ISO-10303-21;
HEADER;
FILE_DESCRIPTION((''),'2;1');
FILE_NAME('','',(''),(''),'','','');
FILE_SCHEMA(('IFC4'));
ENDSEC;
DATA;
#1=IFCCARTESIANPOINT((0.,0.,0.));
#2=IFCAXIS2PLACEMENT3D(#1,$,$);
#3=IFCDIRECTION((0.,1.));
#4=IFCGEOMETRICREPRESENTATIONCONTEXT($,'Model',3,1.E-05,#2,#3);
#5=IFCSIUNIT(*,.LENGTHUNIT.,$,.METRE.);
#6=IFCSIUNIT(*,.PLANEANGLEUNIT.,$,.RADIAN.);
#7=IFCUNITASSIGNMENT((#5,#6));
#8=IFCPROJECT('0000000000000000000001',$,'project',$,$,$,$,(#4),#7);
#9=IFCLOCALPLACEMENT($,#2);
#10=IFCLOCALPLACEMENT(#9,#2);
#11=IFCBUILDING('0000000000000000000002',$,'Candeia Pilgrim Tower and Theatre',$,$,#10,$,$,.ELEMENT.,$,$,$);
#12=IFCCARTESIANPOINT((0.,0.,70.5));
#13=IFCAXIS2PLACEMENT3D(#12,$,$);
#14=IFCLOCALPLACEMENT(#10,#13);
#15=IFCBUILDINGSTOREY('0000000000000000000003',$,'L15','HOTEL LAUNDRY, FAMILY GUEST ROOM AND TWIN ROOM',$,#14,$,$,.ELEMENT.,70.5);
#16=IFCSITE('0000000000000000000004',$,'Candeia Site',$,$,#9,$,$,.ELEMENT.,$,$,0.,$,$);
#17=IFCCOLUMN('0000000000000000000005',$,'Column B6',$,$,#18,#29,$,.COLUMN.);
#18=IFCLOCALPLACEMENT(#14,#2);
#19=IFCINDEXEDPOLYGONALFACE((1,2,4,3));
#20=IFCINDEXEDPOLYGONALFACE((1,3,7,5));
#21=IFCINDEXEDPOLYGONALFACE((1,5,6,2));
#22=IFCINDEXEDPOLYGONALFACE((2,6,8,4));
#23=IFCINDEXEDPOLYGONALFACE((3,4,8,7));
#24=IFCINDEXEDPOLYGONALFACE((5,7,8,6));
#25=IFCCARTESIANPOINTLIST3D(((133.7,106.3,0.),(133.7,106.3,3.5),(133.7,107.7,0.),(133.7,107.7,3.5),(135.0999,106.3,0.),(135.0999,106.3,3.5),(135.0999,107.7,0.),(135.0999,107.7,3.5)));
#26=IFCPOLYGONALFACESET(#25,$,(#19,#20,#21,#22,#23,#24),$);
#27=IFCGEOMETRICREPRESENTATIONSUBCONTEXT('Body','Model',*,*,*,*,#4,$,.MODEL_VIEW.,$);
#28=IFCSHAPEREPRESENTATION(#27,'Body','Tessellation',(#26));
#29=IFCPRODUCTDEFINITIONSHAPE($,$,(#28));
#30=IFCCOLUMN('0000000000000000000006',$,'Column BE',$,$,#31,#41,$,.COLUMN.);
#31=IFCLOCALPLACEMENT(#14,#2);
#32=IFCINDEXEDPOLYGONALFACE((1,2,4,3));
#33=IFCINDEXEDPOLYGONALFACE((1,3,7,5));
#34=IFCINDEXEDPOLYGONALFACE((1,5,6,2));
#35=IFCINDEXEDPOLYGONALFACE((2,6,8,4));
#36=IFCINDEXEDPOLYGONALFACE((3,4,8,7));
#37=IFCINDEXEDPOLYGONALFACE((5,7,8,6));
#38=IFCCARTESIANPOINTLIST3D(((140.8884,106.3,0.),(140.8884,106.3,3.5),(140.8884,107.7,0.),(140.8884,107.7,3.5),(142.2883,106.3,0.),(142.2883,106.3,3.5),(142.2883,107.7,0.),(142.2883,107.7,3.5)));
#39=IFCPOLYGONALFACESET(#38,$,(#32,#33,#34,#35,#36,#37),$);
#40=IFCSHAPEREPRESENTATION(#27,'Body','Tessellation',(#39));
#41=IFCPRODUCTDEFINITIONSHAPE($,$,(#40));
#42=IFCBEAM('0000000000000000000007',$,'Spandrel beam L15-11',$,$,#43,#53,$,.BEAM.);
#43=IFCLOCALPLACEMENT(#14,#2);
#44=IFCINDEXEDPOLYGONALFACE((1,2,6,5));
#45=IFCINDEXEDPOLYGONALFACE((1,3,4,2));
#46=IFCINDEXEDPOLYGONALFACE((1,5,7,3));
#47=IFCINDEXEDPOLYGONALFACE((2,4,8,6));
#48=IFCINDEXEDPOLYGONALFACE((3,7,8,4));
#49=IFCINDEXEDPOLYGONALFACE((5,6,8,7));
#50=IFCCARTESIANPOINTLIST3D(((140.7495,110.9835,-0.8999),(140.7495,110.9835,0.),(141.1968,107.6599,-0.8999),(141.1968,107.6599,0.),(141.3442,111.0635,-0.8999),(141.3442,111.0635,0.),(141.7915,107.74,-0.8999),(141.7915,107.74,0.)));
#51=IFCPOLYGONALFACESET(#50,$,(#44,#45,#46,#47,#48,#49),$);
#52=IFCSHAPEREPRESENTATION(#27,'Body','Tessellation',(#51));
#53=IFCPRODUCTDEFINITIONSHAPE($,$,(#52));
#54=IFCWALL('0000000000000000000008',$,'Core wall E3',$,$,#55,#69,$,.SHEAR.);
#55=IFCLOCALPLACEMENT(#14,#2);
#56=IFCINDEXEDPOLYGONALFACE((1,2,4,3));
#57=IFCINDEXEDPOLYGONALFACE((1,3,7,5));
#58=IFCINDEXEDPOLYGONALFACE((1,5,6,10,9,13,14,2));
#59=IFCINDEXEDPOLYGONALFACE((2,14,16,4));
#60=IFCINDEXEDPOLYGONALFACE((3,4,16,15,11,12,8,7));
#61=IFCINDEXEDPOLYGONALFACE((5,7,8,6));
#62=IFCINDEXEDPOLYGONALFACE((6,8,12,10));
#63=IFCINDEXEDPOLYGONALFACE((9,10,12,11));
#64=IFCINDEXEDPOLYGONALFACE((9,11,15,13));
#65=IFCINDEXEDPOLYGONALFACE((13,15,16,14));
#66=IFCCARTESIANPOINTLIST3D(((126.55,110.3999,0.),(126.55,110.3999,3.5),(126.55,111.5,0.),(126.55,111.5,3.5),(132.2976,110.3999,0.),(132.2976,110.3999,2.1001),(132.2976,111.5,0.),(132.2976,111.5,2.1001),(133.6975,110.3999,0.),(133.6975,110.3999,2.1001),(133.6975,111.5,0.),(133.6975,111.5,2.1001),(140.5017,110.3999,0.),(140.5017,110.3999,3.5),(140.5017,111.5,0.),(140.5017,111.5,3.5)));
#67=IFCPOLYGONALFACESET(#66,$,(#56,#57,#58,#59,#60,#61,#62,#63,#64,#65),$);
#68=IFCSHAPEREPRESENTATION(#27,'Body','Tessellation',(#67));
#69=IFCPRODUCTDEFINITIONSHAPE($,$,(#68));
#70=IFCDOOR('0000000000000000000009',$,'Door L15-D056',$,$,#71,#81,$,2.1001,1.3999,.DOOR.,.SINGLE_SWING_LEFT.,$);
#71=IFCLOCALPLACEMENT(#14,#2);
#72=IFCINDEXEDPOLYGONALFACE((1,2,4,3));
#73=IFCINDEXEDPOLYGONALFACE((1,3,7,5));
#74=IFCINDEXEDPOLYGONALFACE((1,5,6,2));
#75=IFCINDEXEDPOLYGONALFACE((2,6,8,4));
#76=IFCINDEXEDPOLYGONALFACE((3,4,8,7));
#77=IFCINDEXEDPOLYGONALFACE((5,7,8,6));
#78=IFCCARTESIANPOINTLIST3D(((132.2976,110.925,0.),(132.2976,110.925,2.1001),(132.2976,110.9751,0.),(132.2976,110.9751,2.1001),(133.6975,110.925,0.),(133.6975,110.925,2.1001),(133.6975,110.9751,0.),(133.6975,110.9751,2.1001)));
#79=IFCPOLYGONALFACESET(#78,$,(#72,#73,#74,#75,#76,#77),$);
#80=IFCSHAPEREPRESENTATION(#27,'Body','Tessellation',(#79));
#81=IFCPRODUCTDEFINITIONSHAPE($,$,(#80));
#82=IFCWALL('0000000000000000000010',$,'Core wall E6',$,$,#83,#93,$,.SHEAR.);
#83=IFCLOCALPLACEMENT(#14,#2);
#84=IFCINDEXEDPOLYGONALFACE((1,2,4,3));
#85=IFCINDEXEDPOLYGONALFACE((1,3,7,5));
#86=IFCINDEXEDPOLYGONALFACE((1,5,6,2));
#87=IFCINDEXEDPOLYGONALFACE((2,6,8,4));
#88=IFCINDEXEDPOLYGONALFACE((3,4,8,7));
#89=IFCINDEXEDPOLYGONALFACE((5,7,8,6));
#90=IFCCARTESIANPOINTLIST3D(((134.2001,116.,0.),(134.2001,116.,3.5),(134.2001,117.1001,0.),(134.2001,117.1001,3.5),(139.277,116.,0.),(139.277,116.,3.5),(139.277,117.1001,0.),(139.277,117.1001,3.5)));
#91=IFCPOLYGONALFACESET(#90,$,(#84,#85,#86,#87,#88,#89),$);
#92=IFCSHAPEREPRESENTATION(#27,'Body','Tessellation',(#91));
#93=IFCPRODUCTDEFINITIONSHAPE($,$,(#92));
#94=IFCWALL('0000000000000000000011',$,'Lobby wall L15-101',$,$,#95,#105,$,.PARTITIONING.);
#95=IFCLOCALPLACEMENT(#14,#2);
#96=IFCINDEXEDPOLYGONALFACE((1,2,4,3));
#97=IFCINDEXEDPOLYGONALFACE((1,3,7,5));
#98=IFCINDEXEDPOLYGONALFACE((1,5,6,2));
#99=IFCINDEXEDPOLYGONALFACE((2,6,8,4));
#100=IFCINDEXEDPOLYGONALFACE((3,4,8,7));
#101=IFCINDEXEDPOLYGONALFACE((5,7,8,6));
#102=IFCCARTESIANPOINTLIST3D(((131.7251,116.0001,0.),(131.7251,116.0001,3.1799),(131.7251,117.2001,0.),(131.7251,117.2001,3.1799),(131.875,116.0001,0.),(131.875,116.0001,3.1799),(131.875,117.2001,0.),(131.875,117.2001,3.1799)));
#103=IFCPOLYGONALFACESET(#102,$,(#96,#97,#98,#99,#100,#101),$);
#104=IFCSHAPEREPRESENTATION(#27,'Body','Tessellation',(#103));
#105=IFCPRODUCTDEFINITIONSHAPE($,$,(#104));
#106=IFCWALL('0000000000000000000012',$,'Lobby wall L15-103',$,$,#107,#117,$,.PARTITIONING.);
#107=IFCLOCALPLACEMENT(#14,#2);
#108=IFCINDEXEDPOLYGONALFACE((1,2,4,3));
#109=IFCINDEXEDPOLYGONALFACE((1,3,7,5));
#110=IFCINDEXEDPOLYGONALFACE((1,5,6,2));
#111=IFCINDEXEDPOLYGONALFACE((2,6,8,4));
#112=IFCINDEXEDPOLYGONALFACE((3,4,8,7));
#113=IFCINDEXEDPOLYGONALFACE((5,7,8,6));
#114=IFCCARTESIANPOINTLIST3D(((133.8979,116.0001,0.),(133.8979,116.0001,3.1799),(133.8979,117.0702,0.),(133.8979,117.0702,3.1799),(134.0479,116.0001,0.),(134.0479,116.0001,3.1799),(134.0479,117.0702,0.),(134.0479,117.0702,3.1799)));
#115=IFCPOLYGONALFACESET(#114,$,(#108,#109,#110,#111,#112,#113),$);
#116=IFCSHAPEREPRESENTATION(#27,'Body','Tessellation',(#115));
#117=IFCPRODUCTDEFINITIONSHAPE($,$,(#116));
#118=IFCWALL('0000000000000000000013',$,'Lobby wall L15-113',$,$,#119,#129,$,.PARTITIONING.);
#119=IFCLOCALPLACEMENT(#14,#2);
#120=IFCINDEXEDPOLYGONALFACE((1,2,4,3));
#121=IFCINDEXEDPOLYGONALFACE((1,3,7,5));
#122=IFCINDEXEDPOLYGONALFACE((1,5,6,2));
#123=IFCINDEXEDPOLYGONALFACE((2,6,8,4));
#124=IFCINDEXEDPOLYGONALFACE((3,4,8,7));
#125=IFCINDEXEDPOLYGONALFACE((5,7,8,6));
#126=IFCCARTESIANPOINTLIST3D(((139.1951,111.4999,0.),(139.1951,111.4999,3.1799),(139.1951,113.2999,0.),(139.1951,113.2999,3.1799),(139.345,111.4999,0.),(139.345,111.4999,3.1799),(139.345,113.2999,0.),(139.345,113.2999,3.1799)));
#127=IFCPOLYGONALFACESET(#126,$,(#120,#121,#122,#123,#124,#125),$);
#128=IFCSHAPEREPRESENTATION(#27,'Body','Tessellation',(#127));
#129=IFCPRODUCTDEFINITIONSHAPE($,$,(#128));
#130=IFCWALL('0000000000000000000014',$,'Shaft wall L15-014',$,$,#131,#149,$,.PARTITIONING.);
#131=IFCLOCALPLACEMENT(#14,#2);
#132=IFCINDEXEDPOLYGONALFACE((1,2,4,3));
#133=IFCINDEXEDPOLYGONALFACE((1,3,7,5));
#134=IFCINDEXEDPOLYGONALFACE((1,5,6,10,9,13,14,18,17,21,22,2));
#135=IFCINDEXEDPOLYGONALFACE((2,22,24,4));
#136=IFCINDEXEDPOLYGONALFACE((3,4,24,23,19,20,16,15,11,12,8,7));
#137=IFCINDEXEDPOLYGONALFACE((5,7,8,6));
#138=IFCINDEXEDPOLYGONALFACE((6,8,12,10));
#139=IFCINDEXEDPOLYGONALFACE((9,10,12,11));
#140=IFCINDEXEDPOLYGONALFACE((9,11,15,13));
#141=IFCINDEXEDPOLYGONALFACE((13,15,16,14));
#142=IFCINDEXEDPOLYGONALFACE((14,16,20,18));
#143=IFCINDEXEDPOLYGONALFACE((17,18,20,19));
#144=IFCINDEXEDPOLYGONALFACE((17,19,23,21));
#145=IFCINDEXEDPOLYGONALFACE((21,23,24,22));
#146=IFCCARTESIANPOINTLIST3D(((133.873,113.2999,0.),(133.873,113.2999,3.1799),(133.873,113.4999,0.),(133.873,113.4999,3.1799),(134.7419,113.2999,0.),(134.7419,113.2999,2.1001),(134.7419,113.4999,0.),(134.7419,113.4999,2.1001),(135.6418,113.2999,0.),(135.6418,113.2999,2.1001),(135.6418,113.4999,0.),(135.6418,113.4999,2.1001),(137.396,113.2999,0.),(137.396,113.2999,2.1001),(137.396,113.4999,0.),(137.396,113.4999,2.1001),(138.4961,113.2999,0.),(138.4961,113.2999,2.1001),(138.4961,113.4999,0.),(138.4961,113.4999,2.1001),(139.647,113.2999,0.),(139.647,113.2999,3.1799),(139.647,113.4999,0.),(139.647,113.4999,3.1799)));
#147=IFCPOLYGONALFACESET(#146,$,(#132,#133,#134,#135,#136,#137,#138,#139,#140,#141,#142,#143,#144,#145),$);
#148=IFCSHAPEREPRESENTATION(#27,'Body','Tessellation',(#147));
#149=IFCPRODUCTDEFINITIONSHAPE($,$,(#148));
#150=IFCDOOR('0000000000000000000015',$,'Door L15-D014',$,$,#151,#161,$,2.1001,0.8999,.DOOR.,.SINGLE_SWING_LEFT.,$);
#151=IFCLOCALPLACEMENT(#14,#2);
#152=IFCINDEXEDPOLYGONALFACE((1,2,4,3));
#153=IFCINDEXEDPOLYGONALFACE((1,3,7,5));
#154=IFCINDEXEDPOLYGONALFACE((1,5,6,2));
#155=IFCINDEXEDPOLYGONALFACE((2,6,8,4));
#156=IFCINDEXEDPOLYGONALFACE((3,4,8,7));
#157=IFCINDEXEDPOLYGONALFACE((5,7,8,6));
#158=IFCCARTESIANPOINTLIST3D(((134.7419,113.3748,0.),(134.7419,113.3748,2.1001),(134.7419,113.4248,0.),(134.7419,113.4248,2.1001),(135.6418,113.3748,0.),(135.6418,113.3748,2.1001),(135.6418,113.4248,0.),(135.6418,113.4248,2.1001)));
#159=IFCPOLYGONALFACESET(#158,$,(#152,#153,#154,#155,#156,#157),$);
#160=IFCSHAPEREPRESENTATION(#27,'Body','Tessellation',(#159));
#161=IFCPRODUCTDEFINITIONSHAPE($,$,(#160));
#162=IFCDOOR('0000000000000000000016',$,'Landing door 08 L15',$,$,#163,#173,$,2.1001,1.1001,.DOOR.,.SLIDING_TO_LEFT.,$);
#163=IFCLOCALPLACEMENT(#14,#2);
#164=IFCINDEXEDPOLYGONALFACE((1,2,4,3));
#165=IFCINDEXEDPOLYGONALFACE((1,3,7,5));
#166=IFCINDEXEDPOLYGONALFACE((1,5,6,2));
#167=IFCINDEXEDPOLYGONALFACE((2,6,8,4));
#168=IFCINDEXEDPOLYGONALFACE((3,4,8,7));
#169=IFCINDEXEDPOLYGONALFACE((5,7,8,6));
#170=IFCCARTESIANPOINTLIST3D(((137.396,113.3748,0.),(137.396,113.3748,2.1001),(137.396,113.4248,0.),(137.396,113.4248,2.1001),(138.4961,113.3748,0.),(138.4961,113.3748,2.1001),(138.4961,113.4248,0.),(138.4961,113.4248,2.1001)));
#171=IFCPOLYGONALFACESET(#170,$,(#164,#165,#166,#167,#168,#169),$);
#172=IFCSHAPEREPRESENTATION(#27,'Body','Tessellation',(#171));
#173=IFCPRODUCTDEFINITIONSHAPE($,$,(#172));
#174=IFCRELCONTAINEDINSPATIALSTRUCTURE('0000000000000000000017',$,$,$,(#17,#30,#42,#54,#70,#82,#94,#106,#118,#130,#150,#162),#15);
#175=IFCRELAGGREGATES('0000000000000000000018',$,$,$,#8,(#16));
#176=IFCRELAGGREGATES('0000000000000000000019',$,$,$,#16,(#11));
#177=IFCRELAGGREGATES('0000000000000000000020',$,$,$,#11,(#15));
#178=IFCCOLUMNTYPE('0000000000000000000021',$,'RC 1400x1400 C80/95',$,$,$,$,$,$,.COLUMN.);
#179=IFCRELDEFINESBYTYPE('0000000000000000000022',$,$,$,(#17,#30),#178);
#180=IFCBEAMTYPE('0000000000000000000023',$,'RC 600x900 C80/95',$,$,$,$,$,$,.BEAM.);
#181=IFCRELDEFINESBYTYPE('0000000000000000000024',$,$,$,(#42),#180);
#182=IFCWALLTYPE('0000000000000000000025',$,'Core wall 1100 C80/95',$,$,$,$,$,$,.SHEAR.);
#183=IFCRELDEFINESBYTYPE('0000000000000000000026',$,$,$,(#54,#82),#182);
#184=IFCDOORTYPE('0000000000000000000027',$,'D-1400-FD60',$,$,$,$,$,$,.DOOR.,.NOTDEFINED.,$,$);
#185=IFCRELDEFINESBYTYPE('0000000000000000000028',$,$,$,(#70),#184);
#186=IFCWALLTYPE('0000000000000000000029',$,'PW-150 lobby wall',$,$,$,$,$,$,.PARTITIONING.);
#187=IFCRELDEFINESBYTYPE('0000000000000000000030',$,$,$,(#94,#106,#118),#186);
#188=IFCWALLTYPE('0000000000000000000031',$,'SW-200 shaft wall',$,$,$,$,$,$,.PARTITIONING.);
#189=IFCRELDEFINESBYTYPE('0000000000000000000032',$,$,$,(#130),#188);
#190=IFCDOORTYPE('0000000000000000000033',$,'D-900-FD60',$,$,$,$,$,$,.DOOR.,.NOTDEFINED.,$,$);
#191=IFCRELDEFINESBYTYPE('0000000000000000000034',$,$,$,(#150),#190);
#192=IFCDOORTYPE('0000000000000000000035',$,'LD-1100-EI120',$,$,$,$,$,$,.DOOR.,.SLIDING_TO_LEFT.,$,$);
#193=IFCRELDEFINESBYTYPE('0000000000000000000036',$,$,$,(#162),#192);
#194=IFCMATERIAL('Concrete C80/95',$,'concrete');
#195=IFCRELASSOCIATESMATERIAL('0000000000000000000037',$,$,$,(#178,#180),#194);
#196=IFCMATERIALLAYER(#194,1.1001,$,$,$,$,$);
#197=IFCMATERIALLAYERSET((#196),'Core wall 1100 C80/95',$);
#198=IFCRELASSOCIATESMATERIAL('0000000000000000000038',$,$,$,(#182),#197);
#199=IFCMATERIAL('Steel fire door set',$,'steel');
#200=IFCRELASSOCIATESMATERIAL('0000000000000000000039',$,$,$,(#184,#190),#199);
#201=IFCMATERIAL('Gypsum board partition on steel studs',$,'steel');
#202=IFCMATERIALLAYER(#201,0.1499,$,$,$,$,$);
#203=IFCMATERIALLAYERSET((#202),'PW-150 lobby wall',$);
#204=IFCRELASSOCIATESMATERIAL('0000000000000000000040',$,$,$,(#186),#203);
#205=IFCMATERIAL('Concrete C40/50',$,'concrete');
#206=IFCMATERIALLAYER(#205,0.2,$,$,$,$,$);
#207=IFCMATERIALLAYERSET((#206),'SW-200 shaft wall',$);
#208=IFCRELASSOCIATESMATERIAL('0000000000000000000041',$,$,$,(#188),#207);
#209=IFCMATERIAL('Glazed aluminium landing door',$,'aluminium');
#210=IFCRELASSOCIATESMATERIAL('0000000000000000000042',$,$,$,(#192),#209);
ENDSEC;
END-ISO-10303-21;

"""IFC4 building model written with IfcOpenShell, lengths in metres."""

from ifc_helpers import new_model, si_unit, direction, frame, frame_2d, origin, origin_2d, place, context, subcontext, project, spatial, rectangle, extrude, material, layer, layer_set, material_profile, profile_set, type_object, element, fill, save


model = new_model("IFC4")

# Units and contexts
model_context = context("Model", 3, precision=1e-05, world=origin(), true_north=direction((0.0, 1.0)))
body_context = subcontext(model_context, "Body", "Model", "MODEL_VIEW")
ifc_project = project(units=[si_unit("LENGTHUNIT", "METRE"), si_unit("PLANEANGLEUNIT", "RADIAN")], contexts=[model_context])

# Site, building, storey
site_placement = place(None, origin())
site = spatial("IfcSite", under=ifc_project, at=site_placement, Name="Candeia Site", CompositionType="ELEMENT", RefElevation=0.0)
building_placement = place(site_placement, origin())
building = spatial("IfcBuilding", under=site, at=building_placement, Name="Candeia Pilgrim Tower and Theatre", CompositionType="ELEMENT")
storey_placement = place(building_placement, frame((0.0, 0.0, 70.5)))
storey = spatial("IfcBuildingStorey", under=building, at=storey_placement, Name="L15", Description="HOTEL LAUNDRY, FAMILY GUEST ROOM AND TWIN ROOM", CompositionType="ELEMENT", Elevation=70.5)

# Columns
ifc_material_1 = material(Name="Concrete C80/95", Category="concrete")
ifc_material_profile_1 = material_profile(ifc_material_1, rectangle(XDim=1.3999, YDim=1.3999, at=origin_2d()))
ifc_profile_set_1 = profile_set([ifc_material_profile_1], Name="Concrete C80/95")
column_type = type_object("IfcColumnType", Name="RC 1400x1400 C80/95", PredefinedType="COLUMN", material=ifc_profile_set_1)
for number, where, z_axis, x_axis, name in (
    (1, (134.3999, 107.0, 0.0), (0.0, 0.0, 1.0), (1.0, 0.0, 0.0), "Column B6"),
    (2, (141.5884, 107.0, 0.0), (0.0, 0.0, 1.0), (1.0, 0.0, 0.0), "Column BE"),
):
    element("IfcColumn", number, at=place(storey_placement, frame(where, z_axis=z_axis, x_axis=x_axis)), inside=storey, type_object=column_type, Name=name, PredefinedType="COLUMN", context=body_context, shape_type="SweptSolid", body=[
        extrude(rectangle(XDim=1.3999, YDim=1.3999, at=origin_2d()), origin(), (0.0, 0.0, 1.0), 3.5),
    ])

# Beam
ifc_material_profile_2 = material_profile(ifc_material_1, rectangle(XDim=0.6001, YDim=0.8999, at=origin_2d()))
ifc_profile_set_2 = profile_set([ifc_material_profile_2], Name="Concrete C80/95")
beam_type = type_object("IfcBeamType", Name="RC 600x900 C80/95", PredefinedType="BEAM", material=ifc_profile_set_2)
beam_placement = place(storey_placement, frame((141.4941, 107.7, -0.45), z_axis=(-0.133375, 0.991066, 0.0), x_axis=(-0.991066, -0.133375, 0.0)))
element("IfcBeam", 3, at=beam_placement, inside=storey, type_object=beam_type, Name="Spandrel beam L15-11", PredefinedType="BEAM", context=body_context, shape_type="SweptSolid", body=[
    extrude(rectangle(XDim=0.6001, YDim=0.8999, at=origin_2d()), origin(), (0.0, 0.0, 1.0), 3.3535),
])

# Wall, opening, door
ifc_layer_1 = layer(ifc_material_1, 1.1001)
ifc_layer_set_1 = layer_set([ifc_layer_1], Name="Core wall 1100 C80/95")
wall_type_1 = type_object("IfcWallType", Name="Core wall 1100 C80/95", PredefinedType="SHEAR", material=ifc_layer_set_1)
wall_1_placement = place(storey_placement, frame((140.5017, 110.95, 0.0), z_axis=(0.0, 0.0, 1.0), x_axis=(-1.0, 0.0, 0.0)))
wall_1 = element("IfcWall", 4, at=wall_1_placement, inside=storey, type_object=wall_type_1, Name="Core wall E3", PredefinedType="SHEAR", context=body_context, shape_type="SweptSolid", body=[
    extrude(rectangle(XDim=13.9517, YDim=1.1001, at=frame_2d((6.9758, 0.0))), origin(), (0.0, 0.0, 1.0), 3.5),
])
opening_1_placement = place(wall_1_placement, frame((6.8042, 0.0, 0.0)))
opening_1 = element("IfcOpeningElement", 5, at=opening_1_placement, cuts=wall_1, PredefinedType="OPENING", context=body_context, shape_type="SweptSolid", body=[
    extrude(rectangle(XDim=1.3999, YDim=2.1001, at=frame_2d((0.7, 1.05))), frame((0.0, 0.5601, 0.0), z_axis=(0.0, -1.0, 0.0), x_axis=(1.0, 0.0, 0.0)), (0.0, 0.0, 1.0), 1.1201),
])
ifc_material_2 = material(Name="Steel fire door set", Category="steel")
door_type_1 = type_object("IfcDoorType", Name="D-1400-FD60", OperationType="NOTDEFINED", PredefinedType="DOOR", material=ifc_material_2)
door_1_placement = place(opening_1_placement, origin())
door_1 = element("IfcDoor", 6, at=door_1_placement, inside=storey, type_object=door_type_1, Name="Door L15-D056", OperationType="SINGLE_SWING_LEFT", OverallHeight=2.1001, OverallWidth=1.3999, PredefinedType="DOOR", context=body_context, shape_type="SweptSolid", body=[
    extrude(rectangle(XDim=1.3999, YDim=2.1001, at=frame_2d((0.7, 1.05))), frame((0.0, 0.0249, 0.0), z_axis=(0.0, -1.0, 0.0), x_axis=(1.0, 0.0, 0.0)), (0.0, 0.0, 1.0), 0.05),
])
fill(opening_1, door_1)

# Walls
wall_2_placement = place(storey_placement, frame((134.2, 116.55, 0.0), z_axis=(0.0, 0.0, 1.0), x_axis=(1.0, 0.0, 0.0)))
element("IfcWall", 7, at=wall_2_placement, inside=storey, type_object=wall_type_1, Name="Core wall E6", PredefinedType="SHEAR", context=body_context, shape_type="SweptSolid", body=[
    extrude(rectangle(XDim=5.0769, YDim=1.1001, at=frame_2d((2.5386, 0.0))), origin(), (0.0, 0.0, 1.0), 3.5),
])
ifc_material_3 = material(Name="Gypsum board partition on steel studs", Category="steel")
ifc_layer_2 = layer(ifc_material_3, 0.1499)
ifc_layer_set_2 = layer_set([ifc_layer_2], Name="PW-150 lobby wall")
wall_type_2 = type_object("IfcWallType", Name="PW-150 lobby wall", PredefinedType="PARTITIONING", material=ifc_layer_set_2)
wall_3_placement = place(storey_placement, frame((131.8, 116.0, 0.0), z_axis=(0.0, 0.0, 1.0), x_axis=(0.0, 1.0, 0.0)))
element("IfcWall", 8, at=wall_3_placement, inside=storey, type_object=wall_type_2, Name="Lobby wall L15-101", PredefinedType="PARTITIONING", context=body_context, shape_type="SweptSolid", body=[
    extrude(rectangle(XDim=1.2, YDim=0.1499, at=frame_2d((0.6001, 0.0))), origin(), (0.0, 0.0, 1.0), 3.1799),
])
wall_4_placement = place(storey_placement, frame((133.9729, 116.0, 0.0), z_axis=(0.0, 0.0, 1.0), x_axis=(0.0, 1.0, 0.0)))
element("IfcWall", 9, at=wall_4_placement, inside=storey, type_object=wall_type_2, Name="Lobby wall L15-103", PredefinedType="PARTITIONING", context=body_context, shape_type="SweptSolid", body=[
    extrude(rectangle(XDim=1.0701, YDim=0.1499, at=frame_2d((0.5352, 0.0))), origin(), (0.0, 0.0, 1.0), 3.1799),
])
wall_5_placement = place(storey_placement, frame((139.27, 111.5, 0.0), z_axis=(0.0, 0.0, 1.0), x_axis=(0.0, 1.0, 0.0)))
element("IfcWall", 10, at=wall_5_placement, inside=storey, type_object=wall_type_2, Name="Lobby wall L15-113", PredefinedType="PARTITIONING", context=body_context, shape_type="SweptSolid", body=[
    extrude(rectangle(XDim=1.8, YDim=0.1499, at=frame_2d((0.8999, 0.0))), origin(), (0.0, 0.0, 1.0), 3.1799),
])

# Wall, openings, doors
ifc_material_4 = material(Name="Concrete C40/50", Category="concrete")
ifc_layer_3 = layer(ifc_material_4, 0.2)
ifc_layer_set_3 = layer_set([ifc_layer_3], Name="SW-200 shaft wall")
wall_type_3 = type_object("IfcWallType", Name="SW-200 shaft wall", PredefinedType="PARTITIONING", material=ifc_layer_set_3)
wall_6_placement = place(storey_placement, frame((133.873, 113.3999, 0.0), z_axis=(0.0, 0.0, 1.0), x_axis=(1.0, 0.0, 0.0)))
wall_6 = element("IfcWall", 11, at=wall_6_placement, inside=storey, type_object=wall_type_3, Name="Shaft wall L15-014", PredefinedType="PARTITIONING", context=body_context, shape_type="SweptSolid", body=[
    extrude(rectangle(XDim=5.7739, YDim=0.2, at=frame_2d((2.887, 0.0))), origin(), (0.0, 0.0, 1.0), 3.1799),
])
opening_2_placement = place(wall_6_placement, frame((3.5229, 0.0, 0.0)))
opening_2 = element("IfcOpeningElement", 12, at=opening_2_placement, cuts=wall_6, PredefinedType="OPENING", context=body_context, shape_type="SweptSolid", body=[
    extrude(rectangle(XDim=1.1001, YDim=2.1001, at=frame_2d((0.55, 1.05))), frame((0.0, 0.1099, 0.0), z_axis=(0.0, -1.0, 0.0), x_axis=(1.0, 0.0, 0.0)), (0.0, 0.0, 1.0), 0.22),
])
opening_3_placement = place(wall_6_placement, frame((0.8689, 0.0, 0.0)))
opening_3 = element("IfcOpeningElement", 13, at=opening_3_placement, cuts=wall_6, PredefinedType="OPENING", context=body_context, shape_type="SweptSolid", body=[
    extrude(rectangle(XDim=0.8999, YDim=2.1001, at=frame_2d((0.45, 1.05))), frame((0.0, 0.1099, 0.0), z_axis=(0.0, -1.0, 0.0), x_axis=(1.0, 0.0, 0.0)), (0.0, 0.0, 1.0), 0.22),
])
door_type_2 = type_object("IfcDoorType", Name="D-900-FD60", OperationType="NOTDEFINED", PredefinedType="DOOR", material=ifc_material_2)
door_2_placement = place(opening_3_placement, origin())
door_2 = element("IfcDoor", 14, at=door_2_placement, inside=storey, type_object=door_type_2, Name="Door L15-D014", OperationType="SINGLE_SWING_LEFT", OverallHeight=2.1001, OverallWidth=0.8999, PredefinedType="DOOR", context=body_context, shape_type="SweptSolid", body=[
    extrude(rectangle(XDim=0.8999, YDim=2.1001, at=frame_2d((0.45, 1.05))), frame((0.0, 0.0249, 0.0), z_axis=(0.0, -1.0, 0.0), x_axis=(1.0, 0.0, 0.0)), (0.0, 0.0, 1.0), 0.05),
])
fill(opening_3, door_2)
ifc_material_5 = material(Name="Glazed aluminium landing door", Category="aluminium")
door_type_3 = type_object("IfcDoorType", Name="LD-1100-EI120", OperationType="SLIDING_TO_LEFT", PredefinedType="DOOR", material=ifc_material_5)
door_3_placement = place(opening_2_placement, origin())
door_3 = element("IfcDoor", 15, at=door_3_placement, inside=storey, type_object=door_type_3, Name="Landing door 08 L15", OperationType="SLIDING_TO_LEFT", OverallHeight=2.1001, OverallWidth=1.1001, PredefinedType="DOOR", context=body_context, shape_type="SweptSolid", body=[
    extrude(rectangle(XDim=1.1001, YDim=2.1001, at=frame_2d((0.55, 1.05))), frame((0.0, 0.0249, 0.0), z_axis=(0.0, -1.0, 0.0), x_axis=(1.0, 0.0, 0.0)), (0.0, 0.0, 1.0), 0.05),
])
fill(opening_2, door_3)

save(model, "model.ifc")
